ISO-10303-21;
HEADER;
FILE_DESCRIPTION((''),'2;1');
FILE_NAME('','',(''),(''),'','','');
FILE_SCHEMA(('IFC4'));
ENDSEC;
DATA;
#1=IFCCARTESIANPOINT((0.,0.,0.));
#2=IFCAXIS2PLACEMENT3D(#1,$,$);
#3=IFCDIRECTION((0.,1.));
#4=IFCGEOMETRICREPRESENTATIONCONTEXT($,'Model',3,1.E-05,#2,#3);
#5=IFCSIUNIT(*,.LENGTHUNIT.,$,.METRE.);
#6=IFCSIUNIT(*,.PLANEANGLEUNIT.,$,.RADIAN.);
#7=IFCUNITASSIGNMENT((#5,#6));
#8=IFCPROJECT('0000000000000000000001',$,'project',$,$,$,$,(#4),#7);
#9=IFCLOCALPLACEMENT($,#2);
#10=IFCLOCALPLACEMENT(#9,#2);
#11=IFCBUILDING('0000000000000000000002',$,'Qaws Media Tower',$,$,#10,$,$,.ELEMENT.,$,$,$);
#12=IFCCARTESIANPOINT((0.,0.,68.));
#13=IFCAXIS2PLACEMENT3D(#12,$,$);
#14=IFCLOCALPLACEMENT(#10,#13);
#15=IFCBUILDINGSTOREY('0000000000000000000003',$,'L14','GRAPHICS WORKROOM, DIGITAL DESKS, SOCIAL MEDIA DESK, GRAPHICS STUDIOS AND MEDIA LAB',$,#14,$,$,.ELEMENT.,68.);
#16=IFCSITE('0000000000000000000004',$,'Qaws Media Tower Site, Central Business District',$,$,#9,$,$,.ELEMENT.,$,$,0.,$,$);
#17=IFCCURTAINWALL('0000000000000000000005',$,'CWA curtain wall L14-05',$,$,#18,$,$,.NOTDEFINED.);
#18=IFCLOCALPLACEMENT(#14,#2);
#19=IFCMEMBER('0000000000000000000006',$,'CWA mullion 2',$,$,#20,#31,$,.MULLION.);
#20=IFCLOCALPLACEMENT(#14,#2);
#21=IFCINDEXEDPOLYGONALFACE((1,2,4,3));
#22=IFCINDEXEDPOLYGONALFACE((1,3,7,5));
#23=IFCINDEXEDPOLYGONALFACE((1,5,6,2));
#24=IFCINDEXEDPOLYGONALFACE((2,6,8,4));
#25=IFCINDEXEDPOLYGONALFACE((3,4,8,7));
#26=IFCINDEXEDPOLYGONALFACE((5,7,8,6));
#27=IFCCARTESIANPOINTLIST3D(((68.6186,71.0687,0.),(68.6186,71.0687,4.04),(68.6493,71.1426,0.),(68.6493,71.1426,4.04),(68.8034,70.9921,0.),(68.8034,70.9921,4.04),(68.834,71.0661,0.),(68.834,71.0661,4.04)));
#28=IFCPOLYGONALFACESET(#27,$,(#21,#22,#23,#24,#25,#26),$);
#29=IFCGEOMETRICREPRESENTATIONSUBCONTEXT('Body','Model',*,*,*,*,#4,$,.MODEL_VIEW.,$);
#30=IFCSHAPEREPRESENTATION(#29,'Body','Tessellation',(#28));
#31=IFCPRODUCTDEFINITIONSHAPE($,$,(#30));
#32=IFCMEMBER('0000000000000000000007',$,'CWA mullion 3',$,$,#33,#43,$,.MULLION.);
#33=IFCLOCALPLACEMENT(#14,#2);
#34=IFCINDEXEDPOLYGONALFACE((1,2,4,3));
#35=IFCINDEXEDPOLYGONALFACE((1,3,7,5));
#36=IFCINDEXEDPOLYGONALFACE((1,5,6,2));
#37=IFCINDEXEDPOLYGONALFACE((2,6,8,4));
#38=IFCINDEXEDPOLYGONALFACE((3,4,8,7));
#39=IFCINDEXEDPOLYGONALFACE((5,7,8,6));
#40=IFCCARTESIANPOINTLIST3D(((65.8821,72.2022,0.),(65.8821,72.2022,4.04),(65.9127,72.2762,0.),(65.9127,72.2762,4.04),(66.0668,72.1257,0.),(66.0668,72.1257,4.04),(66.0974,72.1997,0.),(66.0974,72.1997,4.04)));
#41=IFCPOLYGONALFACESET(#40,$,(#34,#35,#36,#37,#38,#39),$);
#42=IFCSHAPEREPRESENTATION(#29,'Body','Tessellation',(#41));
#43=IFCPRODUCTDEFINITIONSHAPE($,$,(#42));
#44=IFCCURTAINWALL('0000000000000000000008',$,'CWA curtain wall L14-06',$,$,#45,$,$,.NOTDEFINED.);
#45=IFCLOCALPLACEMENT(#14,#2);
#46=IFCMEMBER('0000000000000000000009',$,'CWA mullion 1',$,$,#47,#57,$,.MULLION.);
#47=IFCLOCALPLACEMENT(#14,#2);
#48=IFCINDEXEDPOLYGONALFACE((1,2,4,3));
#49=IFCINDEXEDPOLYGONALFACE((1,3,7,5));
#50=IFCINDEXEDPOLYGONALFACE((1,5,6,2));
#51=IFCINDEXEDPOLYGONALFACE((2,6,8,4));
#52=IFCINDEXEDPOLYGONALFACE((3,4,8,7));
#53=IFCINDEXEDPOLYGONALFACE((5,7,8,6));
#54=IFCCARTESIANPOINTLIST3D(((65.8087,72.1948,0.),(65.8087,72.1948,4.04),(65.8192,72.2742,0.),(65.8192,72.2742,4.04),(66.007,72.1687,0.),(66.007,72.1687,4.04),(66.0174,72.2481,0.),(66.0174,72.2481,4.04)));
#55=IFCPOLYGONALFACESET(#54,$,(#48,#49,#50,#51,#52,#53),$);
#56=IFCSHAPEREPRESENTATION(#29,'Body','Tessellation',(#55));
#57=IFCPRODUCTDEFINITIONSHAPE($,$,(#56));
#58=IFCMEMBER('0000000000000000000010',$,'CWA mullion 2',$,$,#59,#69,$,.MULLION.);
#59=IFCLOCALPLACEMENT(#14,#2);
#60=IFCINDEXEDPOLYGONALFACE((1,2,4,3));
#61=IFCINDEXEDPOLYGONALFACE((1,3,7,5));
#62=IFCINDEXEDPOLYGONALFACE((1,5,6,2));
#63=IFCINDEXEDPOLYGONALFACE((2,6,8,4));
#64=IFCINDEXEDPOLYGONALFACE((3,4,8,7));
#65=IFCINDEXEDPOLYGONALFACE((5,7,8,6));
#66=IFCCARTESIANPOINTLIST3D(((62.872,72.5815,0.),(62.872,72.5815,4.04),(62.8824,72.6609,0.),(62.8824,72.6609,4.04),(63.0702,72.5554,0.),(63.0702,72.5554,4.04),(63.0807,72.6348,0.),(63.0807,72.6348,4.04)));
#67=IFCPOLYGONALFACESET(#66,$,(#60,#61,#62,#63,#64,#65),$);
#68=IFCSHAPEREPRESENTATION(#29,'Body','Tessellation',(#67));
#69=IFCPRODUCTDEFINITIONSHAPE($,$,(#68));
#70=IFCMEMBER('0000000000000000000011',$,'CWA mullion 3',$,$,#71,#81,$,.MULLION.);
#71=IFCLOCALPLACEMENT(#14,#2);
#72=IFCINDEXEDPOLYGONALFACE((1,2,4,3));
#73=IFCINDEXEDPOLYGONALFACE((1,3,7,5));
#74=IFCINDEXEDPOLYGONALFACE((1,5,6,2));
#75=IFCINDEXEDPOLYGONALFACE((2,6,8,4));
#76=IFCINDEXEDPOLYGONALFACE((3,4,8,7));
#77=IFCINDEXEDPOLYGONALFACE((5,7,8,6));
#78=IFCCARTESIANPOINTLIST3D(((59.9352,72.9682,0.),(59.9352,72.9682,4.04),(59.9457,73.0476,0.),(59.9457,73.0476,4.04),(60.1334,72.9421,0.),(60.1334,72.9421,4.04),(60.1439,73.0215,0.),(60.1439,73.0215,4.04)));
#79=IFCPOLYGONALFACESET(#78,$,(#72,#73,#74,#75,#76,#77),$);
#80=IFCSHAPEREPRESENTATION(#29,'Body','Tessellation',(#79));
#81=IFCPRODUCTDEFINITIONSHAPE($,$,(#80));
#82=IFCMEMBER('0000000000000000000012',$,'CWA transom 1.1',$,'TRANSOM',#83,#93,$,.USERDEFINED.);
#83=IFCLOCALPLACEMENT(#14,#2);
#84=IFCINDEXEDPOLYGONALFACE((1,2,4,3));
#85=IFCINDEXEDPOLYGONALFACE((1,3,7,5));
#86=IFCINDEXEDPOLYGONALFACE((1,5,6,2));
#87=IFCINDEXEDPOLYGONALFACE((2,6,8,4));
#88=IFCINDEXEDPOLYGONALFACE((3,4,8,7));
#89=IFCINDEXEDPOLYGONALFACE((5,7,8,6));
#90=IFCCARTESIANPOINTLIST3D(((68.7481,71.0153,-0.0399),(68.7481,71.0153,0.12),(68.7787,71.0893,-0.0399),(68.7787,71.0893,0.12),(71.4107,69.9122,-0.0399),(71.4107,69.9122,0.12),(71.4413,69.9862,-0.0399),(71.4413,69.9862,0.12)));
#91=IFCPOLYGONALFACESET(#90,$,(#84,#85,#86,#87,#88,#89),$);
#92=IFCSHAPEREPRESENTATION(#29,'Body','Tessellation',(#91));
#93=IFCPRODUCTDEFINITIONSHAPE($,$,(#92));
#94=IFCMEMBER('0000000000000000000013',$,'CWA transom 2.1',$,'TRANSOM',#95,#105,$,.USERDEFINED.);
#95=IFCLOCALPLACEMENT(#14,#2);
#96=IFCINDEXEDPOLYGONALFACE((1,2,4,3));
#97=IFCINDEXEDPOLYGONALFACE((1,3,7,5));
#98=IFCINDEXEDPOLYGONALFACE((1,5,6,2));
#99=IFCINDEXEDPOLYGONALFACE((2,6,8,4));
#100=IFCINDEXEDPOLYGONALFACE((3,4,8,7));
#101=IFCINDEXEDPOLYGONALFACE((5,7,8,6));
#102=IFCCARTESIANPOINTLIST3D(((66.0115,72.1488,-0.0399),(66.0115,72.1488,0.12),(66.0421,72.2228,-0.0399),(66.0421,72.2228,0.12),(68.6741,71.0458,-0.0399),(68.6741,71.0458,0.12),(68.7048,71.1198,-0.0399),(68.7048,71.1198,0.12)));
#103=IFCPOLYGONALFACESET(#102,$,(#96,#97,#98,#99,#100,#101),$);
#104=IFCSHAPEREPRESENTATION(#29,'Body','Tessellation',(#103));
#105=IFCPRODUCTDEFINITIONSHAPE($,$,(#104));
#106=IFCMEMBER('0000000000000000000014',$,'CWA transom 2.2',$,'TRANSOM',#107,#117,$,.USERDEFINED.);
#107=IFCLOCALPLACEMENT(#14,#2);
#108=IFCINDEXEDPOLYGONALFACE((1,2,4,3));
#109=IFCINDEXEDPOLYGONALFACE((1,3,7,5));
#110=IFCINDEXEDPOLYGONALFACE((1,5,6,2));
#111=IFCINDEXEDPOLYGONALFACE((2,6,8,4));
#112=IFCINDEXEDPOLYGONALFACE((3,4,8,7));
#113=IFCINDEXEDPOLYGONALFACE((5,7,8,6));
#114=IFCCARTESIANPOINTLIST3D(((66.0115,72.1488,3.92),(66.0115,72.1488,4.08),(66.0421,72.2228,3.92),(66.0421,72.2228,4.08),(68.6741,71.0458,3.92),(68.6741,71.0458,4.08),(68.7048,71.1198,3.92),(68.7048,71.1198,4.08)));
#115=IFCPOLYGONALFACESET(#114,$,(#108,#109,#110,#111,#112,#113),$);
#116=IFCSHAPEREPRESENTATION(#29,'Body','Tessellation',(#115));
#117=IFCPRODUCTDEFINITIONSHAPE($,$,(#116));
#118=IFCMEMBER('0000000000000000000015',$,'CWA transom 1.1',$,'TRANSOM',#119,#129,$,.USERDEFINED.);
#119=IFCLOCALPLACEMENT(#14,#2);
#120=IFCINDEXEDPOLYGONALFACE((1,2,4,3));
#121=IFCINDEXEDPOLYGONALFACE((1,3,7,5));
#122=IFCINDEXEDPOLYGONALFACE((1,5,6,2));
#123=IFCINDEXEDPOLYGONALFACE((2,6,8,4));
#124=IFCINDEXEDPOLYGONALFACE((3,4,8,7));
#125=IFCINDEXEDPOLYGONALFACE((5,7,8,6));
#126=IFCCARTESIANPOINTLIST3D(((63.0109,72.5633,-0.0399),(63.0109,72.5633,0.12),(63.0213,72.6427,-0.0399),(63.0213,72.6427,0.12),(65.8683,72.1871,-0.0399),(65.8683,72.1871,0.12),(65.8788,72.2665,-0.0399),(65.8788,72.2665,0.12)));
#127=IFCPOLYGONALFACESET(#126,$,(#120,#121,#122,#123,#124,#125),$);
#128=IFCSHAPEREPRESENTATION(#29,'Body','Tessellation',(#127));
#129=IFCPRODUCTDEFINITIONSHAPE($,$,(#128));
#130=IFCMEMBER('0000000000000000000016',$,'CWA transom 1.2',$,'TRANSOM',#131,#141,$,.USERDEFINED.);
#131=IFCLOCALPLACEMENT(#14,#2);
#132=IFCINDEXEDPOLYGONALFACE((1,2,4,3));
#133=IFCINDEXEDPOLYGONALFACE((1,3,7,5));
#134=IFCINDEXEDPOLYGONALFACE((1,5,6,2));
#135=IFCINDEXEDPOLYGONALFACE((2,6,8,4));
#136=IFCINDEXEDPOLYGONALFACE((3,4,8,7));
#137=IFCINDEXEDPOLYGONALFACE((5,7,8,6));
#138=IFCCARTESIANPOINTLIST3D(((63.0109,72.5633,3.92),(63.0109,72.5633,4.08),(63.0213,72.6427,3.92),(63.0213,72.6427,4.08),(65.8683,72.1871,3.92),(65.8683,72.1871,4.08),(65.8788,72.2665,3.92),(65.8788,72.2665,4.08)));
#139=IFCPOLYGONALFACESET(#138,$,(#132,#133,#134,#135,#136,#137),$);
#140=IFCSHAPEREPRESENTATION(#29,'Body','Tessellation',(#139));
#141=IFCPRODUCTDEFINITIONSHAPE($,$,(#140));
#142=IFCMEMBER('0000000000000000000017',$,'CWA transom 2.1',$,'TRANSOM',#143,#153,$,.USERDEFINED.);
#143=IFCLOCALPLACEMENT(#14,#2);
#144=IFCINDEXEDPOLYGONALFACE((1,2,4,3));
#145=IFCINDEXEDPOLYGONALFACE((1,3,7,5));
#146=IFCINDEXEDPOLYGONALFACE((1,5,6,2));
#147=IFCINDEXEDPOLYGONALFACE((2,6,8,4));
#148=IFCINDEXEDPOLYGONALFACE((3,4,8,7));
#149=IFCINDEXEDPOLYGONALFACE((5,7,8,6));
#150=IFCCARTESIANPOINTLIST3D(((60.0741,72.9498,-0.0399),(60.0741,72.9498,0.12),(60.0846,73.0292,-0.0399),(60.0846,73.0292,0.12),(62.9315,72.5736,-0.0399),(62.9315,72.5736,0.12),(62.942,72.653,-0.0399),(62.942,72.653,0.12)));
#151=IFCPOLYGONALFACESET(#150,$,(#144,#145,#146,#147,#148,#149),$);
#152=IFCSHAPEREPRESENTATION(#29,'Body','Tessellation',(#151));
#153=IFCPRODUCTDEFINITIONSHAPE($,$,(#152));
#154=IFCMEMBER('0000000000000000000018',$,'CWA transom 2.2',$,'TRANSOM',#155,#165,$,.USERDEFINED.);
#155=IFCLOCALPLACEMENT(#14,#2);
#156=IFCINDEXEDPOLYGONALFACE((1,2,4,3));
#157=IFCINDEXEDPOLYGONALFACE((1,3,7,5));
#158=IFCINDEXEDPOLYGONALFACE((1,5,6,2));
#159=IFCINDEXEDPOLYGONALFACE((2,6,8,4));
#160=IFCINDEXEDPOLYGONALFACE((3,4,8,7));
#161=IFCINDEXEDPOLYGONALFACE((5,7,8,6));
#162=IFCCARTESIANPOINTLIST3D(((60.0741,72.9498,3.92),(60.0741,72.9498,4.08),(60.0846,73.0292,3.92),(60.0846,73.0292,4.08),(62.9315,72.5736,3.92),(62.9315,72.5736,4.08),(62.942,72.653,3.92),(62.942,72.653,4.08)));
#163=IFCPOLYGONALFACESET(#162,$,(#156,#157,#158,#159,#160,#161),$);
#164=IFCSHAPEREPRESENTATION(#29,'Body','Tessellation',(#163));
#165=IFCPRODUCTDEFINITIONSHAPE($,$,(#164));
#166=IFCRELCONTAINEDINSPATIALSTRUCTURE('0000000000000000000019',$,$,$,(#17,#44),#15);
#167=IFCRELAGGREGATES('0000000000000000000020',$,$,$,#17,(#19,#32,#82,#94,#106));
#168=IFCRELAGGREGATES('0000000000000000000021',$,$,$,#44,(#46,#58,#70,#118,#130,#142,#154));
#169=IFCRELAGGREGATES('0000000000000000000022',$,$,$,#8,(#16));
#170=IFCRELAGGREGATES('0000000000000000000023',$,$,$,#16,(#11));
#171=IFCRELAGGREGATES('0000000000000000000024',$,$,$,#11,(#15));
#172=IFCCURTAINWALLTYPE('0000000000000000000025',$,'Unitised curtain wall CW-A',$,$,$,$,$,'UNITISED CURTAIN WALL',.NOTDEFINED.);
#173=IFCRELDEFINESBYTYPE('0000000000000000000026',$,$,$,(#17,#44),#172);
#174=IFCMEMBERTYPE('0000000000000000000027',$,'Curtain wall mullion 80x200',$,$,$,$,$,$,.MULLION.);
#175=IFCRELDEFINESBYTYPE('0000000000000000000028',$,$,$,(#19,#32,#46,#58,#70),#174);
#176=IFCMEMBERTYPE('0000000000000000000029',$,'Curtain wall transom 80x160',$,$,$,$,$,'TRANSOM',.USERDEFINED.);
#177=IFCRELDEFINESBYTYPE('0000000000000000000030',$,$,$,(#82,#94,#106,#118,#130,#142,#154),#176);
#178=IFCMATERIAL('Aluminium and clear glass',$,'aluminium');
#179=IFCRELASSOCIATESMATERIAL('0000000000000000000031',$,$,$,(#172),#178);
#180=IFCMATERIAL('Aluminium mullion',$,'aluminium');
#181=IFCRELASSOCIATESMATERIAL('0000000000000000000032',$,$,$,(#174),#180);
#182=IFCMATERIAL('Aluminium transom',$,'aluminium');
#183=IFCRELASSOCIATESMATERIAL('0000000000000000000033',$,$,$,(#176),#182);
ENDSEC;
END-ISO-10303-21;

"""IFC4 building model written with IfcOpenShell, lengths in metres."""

from ifc_helpers import new_model, si_unit, direction, frame, origin, origin_2d, place, context, subcontext, project, spatial, rectangle, extrude, material, material_profile, profile_set, type_object, element, aggregate, save


model = new_model("IFC4")

# Units and contexts
model_context = context("Model", 3, precision=1e-05, world=origin(), true_north=direction((0.0, 1.0)))
body_context = subcontext(model_context, "Body", "Model", "MODEL_VIEW")
ifc_project = project(units=[si_unit("LENGTHUNIT", "METRE"), si_unit("PLANEANGLEUNIT", "RADIAN")], contexts=[model_context])

# Site, building, storey
site_placement = place(None, origin())
site = spatial("IfcSite", under=ifc_project, at=site_placement, Name="Qaws Media Tower Site, Central Business District", CompositionType="ELEMENT", RefElevation=0.0)
building_placement = place(site_placement, origin())
building = spatial("IfcBuilding", under=site, at=building_placement, Name="Qaws Media Tower", CompositionType="ELEMENT")
storey_placement = place(building_placement, frame((0.0, 0.0, 68.0)))
storey = spatial("IfcBuildingStorey", under=building, at=storey_placement, Name="L14", Description="GRAPHICS WORKROOM, DIGITAL DESKS, SOCIAL MEDIA DESK, GRAPHICS STUDIOS AND MEDIA LAB", CompositionType="ELEMENT", Elevation=68.0)

# Curtain walls, members
ifc_material_1 = material(Name="Aluminium and clear glass", Category="aluminium")
curtain_wall_type = type_object("IfcCurtainWallType", Name="Unitised curtain wall CW-A", ElementType="UNITISED CURTAIN WALL", PredefinedType="NOTDEFINED", material=ifc_material_1)
curtain_wall_1_placement = place(storey_placement, origin())
curtain_wall_1 = element("IfcCurtainWall", 1, at=curtain_wall_1_placement, inside=storey, type_object=curtain_wall_type, Name="CWA curtain wall L14-05", PredefinedType="NOTDEFINED")
ifc_material_2 = material(Name="Aluminium mullion", Category="aluminium")
ifc_material_profile_1 = material_profile(ifc_material_2, rectangle(XDim=0.0801, YDim=0.2, at=origin_2d()), Name="80x200")
ifc_profile_set_1 = profile_set([ifc_material_profile_1], Name="Aluminium mullion")
member_type_1 = type_object("IfcMemberType", Name="Curtain wall mullion 80x200", PredefinedType="MULLION", material=ifc_profile_set_1)
member_1_placement = place(storey_placement, frame((68.7263, 71.0674, 0.0), z_axis=(0.0, 0.0, 1.0), x_axis=(-0.382683, -0.92388, 0.0)))
member_1 = element("IfcMember", 2, at=member_1_placement, type_object=member_type_1, Name="CWA mullion 2", PredefinedType="MULLION", context=body_context, shape_type="SweptSolid", body=[
    extrude(rectangle(XDim=0.0801, YDim=0.2, at=origin_2d()), origin(), (0.0, 0.0, 1.0), 4.04),
])
member_2_placement = place(storey_placement, frame((65.9897, 72.2009, 0.0), z_axis=(0.0, 0.0, 1.0), x_axis=(-0.382683, -0.92388, 0.0)))
member_2 = element("IfcMember", 3, at=member_2_placement, type_object=member_type_1, Name="CWA mullion 3", PredefinedType="MULLION", context=body_context, shape_type="SweptSolid", body=[
    extrude(rectangle(XDim=0.0801, YDim=0.2, at=origin_2d()), origin(), (0.0, 0.0, 1.0), 4.04),
])
curtain_wall_2_placement = place(storey_placement, origin())
curtain_wall_2 = element("IfcCurtainWall", 4, at=curtain_wall_2_placement, inside=storey, type_object=curtain_wall_type, Name="CWA curtain wall L14-06", PredefinedType="NOTDEFINED")
member_3_placement = place(storey_placement, frame((65.9131, 72.2214, 0.0), z_axis=(0.0, 0.0, 1.0), x_axis=(-0.130526, -0.991445, 0.0)))
member_3 = element("IfcMember", 5, at=member_3_placement, type_object=member_type_1, Name="CWA mullion 1", PredefinedType="MULLION", context=body_context, shape_type="SweptSolid", body=[
    extrude(rectangle(XDim=0.0801, YDim=0.2, at=origin_2d()), origin(), (0.0, 0.0, 1.0), 4.04),
])
member_4_placement = place(storey_placement, frame((62.9763, 72.6082, 0.0), z_axis=(0.0, 0.0, 1.0), x_axis=(-0.130526, -0.991445, 0.0)))
member_4 = element("IfcMember", 6, at=member_4_placement, type_object=member_type_1, Name="CWA mullion 2", PredefinedType="MULLION", context=body_context, shape_type="SweptSolid", body=[
    extrude(rectangle(XDim=0.0801, YDim=0.2, at=origin_2d()), origin(), (0.0, 0.0, 1.0), 4.04),
])
member_5_placement = place(storey_placement, frame((60.0396, 72.9949, 0.0), z_axis=(0.0, 0.0, 1.0), x_axis=(-0.130526, -0.991445, 0.0)))
member_5 = element("IfcMember", 7, at=member_5_placement, type_object=member_type_1, Name="CWA mullion 3", PredefinedType="MULLION", context=body_context, shape_type="SweptSolid", body=[
    extrude(rectangle(XDim=0.0801, YDim=0.2, at=origin_2d()), origin(), (0.0, 0.0, 1.0), 4.04),
])

# Members
ifc_material_3 = material(Name="Aluminium transom", Category="aluminium")
ifc_material_profile_2 = material_profile(ifc_material_3, rectangle(XDim=0.0801, YDim=0.1599, at=origin_2d()), Name="80x160")
ifc_profile_set_2 = profile_set([ifc_material_profile_2], Name="Aluminium transom")
member_type_2 = type_object("IfcMemberType", Name="Curtain wall transom 80x160", ElementType="TRANSOM", PredefinedType="USERDEFINED", material=ifc_profile_set_2)
member_6_placement = place(storey_placement, frame((71.426, 69.9492, 0.04), z_axis=(-0.923862, 0.382726, 0.0), x_axis=(-0.382726, -0.923862, 0.0)))
member_6 = element("IfcMember", 8, at=member_6_placement, type_object=member_type_2, Name="CWA transom 1.1", ObjectType="TRANSOM", PredefinedType="USERDEFINED", context=body_context, shape_type="SweptSolid", body=[
    extrude(rectangle(XDim=0.0801, YDim=0.1599, at=origin_2d()), origin(), (0.0, 0.0, 1.0), 2.8821),
])
member_7_placement = place(storey_placement, frame((68.6895, 71.0828, 0.04), z_axis=(-0.923862, 0.382726, 0.0), x_axis=(-0.382726, -0.923862, 0.0)))
member_7 = element("IfcMember", 9, at=member_7_placement, type_object=member_type_2, Name="CWA transom 2.1", ObjectType="TRANSOM", PredefinedType="USERDEFINED", context=body_context, shape_type="SweptSolid", body=[
    extrude(rectangle(XDim=0.0801, YDim=0.1599, at=origin_2d()), origin(), (0.0, 0.0, 1.0), 2.8821),
])
member_8_placement = place(storey_placement, frame((68.6895, 71.0828, 4.0), z_axis=(-0.923862, 0.382726, 0.0), x_axis=(-0.382726, -0.923862, 0.0)))
member_8 = element("IfcMember", 10, at=member_8_placement, type_object=member_type_2, Name="CWA transom 2.2", ObjectType="TRANSOM", PredefinedType="USERDEFINED", context=body_context, shape_type="SweptSolid", body=[
    extrude(rectangle(XDim=0.0801, YDim=0.1599, at=origin_2d()), origin(), (0.0, 0.0, 1.0), 2.8821),
])
member_9_placement = place(storey_placement, frame((65.8735, 72.2268, 0.04), z_axis=(-0.991443, 0.130538, 0.0), x_axis=(-0.130538, -0.991443, 0.0)))
member_9 = element("IfcMember", 11, at=member_9_placement, type_object=member_type_2, Name="CWA transom 1.1", ObjectType="TRANSOM", PredefinedType="USERDEFINED", context=body_context, shape_type="SweptSolid", body=[
    extrude(rectangle(XDim=0.0801, YDim=0.1599, at=origin_2d()), origin(), (0.0, 0.0, 1.0), 2.8821),
])
member_10_placement = place(storey_placement, frame((65.8735, 72.2268, 4.0), z_axis=(-0.991443, 0.130538, 0.0), x_axis=(-0.130538, -0.991443, 0.0)))
member_10 = element("IfcMember", 12, at=member_10_placement, type_object=member_type_2, Name="CWA transom 1.2", ObjectType="TRANSOM", PredefinedType="USERDEFINED", context=body_context, shape_type="SweptSolid", body=[
    extrude(rectangle(XDim=0.0801, YDim=0.1599, at=origin_2d()), origin(), (0.0, 0.0, 1.0), 2.8821),
])
member_11_placement = place(storey_placement, frame((62.9368, 72.6133, 0.04), z_axis=(-0.991443, 0.130538, 0.0), x_axis=(-0.130538, -0.991443, 0.0)))
member_11 = element("IfcMember", 13, at=member_11_placement, type_object=member_type_2, Name="CWA transom 2.1", ObjectType="TRANSOM", PredefinedType="USERDEFINED", context=body_context, shape_type="SweptSolid", body=[
    extrude(rectangle(XDim=0.0801, YDim=0.1599, at=origin_2d()), origin(), (0.0, 0.0, 1.0), 2.8821),
])
member_12_placement = place(storey_placement, frame((62.9368, 72.6133, 4.0), z_axis=(-0.991443, 0.130538, 0.0), x_axis=(-0.130538, -0.991443, 0.0)))
member_12 = element("IfcMember", 14, at=member_12_placement, type_object=member_type_2, Name="CWA transom 2.2", ObjectType="TRANSOM", PredefinedType="USERDEFINED", context=body_context, shape_type="SweptSolid", body=[
    extrude(rectangle(XDim=0.0801, YDim=0.1599, at=origin_2d()), origin(), (0.0, 0.0, 1.0), 2.8821),
])

aggregate(curtain_wall_1, [member_1, member_2, member_6, member_7, member_8])
aggregate(curtain_wall_2, [member_3, member_4, member_5, member_9, member_10, member_11, member_12])

save(model, "model.ifc")
